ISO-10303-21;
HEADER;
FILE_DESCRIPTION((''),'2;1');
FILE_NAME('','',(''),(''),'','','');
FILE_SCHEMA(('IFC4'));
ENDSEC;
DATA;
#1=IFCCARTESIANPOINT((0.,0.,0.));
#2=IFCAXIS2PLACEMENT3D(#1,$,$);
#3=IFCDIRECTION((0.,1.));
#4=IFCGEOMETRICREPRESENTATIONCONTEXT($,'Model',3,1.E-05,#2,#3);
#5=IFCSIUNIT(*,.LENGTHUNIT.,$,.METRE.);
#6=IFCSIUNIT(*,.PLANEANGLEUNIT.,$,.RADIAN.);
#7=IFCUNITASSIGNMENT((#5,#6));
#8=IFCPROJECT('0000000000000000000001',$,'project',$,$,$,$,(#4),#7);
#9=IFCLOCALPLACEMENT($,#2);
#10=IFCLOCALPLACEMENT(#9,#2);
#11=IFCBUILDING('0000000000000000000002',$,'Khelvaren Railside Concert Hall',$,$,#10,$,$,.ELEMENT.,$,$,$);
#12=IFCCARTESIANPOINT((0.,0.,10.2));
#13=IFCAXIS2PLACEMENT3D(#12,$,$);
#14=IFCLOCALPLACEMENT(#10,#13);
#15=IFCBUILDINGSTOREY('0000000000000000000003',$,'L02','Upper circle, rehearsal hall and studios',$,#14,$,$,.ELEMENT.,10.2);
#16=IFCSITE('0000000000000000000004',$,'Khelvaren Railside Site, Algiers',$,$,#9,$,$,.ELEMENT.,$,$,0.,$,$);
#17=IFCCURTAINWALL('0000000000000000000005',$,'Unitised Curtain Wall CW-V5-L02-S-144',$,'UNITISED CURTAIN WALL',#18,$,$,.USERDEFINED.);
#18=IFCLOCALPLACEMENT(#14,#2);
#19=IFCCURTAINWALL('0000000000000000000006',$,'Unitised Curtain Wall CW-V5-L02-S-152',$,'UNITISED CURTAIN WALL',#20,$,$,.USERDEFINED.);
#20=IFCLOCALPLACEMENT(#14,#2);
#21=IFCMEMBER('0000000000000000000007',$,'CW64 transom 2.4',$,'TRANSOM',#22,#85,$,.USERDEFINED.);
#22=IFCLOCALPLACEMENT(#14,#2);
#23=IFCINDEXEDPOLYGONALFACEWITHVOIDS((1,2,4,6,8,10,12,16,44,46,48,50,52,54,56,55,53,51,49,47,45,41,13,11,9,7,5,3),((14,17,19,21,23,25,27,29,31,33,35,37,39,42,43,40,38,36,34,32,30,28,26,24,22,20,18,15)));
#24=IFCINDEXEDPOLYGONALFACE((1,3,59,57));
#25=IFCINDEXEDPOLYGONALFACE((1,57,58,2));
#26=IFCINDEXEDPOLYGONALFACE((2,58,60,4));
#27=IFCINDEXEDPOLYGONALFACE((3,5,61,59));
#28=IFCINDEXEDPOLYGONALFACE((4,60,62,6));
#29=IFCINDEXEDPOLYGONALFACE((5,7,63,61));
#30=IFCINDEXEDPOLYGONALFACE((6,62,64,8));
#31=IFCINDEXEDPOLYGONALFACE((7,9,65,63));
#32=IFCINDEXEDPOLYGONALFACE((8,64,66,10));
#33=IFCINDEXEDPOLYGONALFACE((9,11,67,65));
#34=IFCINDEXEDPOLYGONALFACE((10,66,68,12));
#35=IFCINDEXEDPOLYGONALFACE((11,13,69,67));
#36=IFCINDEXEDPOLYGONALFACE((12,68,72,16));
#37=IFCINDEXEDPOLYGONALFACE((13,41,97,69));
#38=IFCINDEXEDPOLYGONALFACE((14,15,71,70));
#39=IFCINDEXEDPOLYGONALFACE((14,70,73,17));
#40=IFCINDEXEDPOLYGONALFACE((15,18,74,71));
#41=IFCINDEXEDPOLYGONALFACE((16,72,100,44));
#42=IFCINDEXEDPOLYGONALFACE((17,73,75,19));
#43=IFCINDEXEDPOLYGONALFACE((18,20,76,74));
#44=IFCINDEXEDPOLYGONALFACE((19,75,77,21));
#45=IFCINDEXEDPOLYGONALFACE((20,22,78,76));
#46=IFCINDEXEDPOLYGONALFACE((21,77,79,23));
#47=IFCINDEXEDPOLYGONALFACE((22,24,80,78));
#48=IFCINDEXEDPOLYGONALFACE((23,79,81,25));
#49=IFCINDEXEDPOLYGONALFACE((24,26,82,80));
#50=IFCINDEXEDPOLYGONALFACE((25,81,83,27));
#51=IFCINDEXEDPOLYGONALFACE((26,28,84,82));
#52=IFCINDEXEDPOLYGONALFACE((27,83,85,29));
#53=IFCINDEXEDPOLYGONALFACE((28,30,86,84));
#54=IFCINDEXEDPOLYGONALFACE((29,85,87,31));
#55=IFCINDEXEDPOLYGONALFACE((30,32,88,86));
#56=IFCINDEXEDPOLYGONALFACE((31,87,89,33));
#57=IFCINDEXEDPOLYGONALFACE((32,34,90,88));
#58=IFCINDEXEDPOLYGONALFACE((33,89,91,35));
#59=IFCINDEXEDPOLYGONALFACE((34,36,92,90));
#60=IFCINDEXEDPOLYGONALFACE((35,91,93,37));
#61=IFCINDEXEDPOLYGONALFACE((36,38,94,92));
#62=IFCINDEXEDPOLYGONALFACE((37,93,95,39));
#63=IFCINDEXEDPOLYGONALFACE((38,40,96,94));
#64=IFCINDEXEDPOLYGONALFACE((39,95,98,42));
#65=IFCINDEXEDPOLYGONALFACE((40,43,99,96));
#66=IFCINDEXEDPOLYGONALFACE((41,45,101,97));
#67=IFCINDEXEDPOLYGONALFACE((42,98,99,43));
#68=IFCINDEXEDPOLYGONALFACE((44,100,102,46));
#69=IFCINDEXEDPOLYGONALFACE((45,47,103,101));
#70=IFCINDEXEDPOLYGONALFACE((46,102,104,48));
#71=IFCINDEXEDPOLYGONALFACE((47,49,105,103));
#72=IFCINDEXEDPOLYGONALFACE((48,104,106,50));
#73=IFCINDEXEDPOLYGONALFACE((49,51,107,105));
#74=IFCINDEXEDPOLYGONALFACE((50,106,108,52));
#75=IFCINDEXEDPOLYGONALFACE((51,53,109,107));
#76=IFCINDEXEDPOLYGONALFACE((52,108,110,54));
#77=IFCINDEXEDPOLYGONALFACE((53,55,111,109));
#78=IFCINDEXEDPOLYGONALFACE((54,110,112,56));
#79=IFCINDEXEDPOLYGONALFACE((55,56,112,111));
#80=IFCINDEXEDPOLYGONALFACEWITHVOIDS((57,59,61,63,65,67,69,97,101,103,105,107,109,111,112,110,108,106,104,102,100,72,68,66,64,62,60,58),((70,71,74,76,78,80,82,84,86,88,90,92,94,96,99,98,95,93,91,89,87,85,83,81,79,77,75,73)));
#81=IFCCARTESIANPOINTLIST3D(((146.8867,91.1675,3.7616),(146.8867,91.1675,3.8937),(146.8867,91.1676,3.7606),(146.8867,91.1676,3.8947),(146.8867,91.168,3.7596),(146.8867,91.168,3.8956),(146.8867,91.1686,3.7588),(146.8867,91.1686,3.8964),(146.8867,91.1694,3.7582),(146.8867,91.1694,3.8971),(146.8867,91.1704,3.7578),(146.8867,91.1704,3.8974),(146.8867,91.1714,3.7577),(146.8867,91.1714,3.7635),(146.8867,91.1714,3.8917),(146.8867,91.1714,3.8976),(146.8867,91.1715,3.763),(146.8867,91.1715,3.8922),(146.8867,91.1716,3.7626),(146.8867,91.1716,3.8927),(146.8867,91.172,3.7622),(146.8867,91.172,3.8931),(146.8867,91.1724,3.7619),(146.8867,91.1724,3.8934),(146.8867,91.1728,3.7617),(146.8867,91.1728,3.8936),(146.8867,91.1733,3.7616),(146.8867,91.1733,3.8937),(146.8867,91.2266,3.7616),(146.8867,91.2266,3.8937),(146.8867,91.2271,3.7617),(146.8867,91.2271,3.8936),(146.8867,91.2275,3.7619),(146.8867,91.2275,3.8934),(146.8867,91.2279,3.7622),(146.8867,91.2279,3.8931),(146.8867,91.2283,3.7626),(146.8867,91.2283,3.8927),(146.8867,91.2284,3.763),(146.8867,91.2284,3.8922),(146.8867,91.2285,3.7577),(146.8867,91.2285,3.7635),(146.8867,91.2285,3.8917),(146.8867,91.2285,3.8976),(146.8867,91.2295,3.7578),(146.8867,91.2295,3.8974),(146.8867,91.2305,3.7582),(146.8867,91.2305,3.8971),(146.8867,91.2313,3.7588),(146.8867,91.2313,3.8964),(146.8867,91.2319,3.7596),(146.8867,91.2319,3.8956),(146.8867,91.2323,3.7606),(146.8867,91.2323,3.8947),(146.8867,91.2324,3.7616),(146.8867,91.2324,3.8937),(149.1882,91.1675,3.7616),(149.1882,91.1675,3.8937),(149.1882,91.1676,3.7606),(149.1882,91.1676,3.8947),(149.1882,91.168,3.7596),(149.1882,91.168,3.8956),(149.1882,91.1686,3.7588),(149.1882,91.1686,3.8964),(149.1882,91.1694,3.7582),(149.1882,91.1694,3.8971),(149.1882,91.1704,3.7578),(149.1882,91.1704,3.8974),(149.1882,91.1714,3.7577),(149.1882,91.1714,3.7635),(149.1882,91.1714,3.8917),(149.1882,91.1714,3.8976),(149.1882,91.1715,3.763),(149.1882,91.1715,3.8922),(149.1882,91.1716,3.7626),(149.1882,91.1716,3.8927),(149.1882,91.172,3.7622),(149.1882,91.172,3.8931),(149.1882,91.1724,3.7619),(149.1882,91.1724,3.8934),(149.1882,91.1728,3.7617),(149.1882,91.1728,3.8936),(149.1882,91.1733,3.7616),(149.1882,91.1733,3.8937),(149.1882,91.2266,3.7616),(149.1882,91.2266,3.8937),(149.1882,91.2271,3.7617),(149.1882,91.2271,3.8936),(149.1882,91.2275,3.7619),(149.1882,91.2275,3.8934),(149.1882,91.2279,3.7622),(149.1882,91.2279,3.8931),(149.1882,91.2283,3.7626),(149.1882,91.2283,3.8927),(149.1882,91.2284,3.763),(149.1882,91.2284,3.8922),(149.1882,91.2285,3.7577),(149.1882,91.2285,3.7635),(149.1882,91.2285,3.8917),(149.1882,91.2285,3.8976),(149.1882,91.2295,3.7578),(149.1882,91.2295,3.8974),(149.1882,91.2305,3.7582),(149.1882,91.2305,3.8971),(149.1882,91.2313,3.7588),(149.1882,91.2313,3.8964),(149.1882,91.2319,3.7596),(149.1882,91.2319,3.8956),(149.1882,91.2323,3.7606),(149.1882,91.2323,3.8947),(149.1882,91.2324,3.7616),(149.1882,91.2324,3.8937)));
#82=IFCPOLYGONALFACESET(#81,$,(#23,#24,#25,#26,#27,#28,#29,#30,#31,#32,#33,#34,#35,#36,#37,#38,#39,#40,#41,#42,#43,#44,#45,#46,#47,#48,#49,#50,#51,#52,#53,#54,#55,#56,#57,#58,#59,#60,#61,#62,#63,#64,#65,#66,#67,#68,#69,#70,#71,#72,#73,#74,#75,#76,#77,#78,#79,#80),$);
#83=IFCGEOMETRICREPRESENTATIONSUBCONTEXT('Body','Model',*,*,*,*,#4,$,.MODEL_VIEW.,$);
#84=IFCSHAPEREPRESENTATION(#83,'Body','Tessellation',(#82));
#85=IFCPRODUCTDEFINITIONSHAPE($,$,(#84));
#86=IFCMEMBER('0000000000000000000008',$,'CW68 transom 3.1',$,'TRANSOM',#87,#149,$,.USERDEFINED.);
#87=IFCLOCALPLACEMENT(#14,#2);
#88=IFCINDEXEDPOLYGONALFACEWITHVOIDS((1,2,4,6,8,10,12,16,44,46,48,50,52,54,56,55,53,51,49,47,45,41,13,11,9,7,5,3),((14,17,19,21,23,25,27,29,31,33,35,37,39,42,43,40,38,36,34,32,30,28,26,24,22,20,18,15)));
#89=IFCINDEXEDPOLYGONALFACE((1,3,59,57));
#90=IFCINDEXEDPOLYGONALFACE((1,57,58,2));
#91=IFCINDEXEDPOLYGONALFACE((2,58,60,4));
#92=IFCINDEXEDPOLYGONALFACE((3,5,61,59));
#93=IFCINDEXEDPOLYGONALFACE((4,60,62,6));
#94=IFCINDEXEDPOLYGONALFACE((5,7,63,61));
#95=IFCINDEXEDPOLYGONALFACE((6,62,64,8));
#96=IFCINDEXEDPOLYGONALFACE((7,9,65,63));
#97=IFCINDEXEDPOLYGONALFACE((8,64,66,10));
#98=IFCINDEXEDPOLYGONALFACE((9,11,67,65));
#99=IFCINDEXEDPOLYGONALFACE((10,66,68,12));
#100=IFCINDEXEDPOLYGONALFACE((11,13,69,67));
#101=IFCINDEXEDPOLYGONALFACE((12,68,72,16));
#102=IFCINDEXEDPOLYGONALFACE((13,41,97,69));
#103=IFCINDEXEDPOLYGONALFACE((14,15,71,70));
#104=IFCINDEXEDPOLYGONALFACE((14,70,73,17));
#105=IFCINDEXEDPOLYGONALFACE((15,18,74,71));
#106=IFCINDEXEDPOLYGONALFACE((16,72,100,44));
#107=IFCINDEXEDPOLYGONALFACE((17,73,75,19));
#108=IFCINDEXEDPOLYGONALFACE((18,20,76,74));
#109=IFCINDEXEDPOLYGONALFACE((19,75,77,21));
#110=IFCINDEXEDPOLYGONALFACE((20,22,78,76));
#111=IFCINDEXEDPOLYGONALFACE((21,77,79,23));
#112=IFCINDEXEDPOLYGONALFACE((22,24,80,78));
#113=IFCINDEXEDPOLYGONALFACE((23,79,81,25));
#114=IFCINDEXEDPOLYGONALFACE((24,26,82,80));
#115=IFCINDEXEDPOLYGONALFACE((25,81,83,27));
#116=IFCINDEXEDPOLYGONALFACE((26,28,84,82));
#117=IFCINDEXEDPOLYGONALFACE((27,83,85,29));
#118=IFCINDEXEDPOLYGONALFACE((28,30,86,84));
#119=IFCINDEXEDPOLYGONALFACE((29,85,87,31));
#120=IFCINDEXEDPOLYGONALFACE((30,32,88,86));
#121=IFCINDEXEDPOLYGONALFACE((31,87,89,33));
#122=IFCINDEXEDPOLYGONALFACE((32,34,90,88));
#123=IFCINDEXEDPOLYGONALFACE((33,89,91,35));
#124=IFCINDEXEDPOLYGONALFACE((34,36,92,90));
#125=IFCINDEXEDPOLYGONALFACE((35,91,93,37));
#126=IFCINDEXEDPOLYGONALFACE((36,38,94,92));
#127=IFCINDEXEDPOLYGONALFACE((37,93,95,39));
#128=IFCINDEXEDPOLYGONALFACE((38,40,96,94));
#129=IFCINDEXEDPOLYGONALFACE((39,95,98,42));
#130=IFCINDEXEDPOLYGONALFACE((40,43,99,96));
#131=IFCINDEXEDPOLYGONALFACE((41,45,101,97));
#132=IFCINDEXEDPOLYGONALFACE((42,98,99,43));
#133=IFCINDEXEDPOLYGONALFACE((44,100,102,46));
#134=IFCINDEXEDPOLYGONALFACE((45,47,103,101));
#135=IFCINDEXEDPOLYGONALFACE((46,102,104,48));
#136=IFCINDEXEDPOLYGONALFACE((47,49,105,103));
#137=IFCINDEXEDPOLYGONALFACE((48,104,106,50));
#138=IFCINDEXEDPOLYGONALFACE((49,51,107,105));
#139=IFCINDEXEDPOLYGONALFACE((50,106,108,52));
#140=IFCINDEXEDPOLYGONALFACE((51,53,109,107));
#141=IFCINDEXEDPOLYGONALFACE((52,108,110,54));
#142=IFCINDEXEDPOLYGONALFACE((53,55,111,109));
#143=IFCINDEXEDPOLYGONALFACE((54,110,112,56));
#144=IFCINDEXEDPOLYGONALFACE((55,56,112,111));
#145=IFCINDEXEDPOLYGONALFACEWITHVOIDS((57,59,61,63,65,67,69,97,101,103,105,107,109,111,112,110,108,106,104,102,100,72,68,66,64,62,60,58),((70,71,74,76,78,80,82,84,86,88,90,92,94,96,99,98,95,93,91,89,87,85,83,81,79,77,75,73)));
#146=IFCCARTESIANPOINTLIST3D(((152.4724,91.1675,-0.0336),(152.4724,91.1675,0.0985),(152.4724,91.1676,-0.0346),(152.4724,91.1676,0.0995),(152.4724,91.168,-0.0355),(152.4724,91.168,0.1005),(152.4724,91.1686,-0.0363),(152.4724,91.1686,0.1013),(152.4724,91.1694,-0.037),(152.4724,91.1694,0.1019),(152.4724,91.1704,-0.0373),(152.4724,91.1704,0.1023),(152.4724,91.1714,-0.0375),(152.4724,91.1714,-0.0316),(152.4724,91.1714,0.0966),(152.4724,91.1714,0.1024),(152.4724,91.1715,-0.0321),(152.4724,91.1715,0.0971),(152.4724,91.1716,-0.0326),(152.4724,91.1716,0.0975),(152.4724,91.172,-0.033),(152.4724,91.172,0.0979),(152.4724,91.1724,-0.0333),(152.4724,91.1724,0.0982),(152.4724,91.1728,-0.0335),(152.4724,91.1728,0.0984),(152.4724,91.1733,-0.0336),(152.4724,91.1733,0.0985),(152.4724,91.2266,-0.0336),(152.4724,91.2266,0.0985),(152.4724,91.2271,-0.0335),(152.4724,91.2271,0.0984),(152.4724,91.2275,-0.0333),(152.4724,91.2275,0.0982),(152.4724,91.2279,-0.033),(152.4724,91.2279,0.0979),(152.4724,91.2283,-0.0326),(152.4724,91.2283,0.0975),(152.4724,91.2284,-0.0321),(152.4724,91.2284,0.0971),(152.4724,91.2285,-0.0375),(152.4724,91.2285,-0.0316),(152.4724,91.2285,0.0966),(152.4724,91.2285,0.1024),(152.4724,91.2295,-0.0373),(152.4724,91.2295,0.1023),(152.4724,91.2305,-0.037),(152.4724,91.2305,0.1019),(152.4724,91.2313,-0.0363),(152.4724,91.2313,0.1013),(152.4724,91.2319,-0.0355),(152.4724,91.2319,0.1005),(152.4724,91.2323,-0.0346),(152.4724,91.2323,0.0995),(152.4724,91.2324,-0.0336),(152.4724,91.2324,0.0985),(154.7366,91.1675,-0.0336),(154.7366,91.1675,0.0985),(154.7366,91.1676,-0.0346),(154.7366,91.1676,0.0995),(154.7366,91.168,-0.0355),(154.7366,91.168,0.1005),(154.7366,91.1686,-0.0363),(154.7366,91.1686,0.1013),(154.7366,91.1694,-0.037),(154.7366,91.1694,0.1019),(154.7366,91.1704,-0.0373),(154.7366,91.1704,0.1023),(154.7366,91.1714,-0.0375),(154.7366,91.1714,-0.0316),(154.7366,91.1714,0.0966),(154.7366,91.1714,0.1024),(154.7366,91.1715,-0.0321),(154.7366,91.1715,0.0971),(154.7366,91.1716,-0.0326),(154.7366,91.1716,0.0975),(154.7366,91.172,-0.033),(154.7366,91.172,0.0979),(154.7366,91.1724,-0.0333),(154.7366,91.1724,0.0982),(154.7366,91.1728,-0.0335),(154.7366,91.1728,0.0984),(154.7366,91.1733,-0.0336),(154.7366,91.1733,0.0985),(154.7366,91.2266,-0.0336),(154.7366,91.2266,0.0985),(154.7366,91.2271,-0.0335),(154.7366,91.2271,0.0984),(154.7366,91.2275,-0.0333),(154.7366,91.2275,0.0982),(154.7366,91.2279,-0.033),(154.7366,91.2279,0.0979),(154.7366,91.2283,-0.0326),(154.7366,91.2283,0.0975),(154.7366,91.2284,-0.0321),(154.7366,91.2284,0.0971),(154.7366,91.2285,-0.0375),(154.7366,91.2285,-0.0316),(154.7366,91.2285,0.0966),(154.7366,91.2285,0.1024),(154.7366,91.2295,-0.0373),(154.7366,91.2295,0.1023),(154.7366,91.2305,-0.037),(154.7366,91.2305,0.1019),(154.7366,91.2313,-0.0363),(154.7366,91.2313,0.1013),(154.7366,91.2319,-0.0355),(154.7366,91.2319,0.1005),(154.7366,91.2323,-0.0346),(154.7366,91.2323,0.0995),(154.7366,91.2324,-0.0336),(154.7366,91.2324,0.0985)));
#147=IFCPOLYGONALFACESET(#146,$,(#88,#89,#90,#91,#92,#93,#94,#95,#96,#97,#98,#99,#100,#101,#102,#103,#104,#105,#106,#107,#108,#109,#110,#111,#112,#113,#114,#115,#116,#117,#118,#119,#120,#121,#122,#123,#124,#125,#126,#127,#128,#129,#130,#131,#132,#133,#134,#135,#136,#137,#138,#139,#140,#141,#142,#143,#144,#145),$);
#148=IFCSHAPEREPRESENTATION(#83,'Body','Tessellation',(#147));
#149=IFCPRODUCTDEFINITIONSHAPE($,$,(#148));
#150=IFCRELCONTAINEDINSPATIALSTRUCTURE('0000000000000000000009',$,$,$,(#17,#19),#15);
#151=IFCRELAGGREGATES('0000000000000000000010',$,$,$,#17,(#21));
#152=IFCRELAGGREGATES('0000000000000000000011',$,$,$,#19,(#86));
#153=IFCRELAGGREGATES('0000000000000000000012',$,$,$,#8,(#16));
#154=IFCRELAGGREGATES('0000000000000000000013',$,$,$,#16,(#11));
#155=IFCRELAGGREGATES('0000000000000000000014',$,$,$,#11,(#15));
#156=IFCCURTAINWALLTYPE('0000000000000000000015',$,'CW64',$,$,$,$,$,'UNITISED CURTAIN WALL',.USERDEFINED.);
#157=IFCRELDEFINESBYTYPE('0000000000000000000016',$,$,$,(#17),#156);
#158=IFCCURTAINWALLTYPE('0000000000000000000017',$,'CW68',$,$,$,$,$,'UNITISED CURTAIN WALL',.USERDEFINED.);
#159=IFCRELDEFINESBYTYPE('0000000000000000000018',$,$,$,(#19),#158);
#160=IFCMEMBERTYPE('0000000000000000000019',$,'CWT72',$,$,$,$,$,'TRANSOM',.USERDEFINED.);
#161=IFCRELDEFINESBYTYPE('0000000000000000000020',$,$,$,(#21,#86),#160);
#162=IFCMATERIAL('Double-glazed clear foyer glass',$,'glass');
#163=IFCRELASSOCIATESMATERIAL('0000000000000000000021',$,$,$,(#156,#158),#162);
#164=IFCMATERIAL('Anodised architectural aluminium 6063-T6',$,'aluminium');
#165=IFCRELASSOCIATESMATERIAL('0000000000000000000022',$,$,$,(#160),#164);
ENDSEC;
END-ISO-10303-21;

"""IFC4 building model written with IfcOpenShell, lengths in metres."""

from ifc_helpers import new_model, si_unit, direction, frame, origin, origin_2d, place, context, subcontext, project, spatial, hollow_rectangle, extrude, material, material_profile, profile_set, type_object, element, aggregate, save


model = new_model("IFC4")

# Units and contexts
model_context = context("Model", 3, precision=1e-05, world=origin(), true_north=direction((0.0, 1.0)))
body_context = subcontext(model_context, "Body", "Model", "MODEL_VIEW")
ifc_project = project(units=[si_unit("LENGTHUNIT", "METRE"), si_unit("PLANEANGLEUNIT", "RADIAN")], contexts=[model_context])

# Site, building, storey
site_placement = place(None, origin())
site = spatial("IfcSite", under=ifc_project, at=site_placement, Name="Khelvaren Railside Site, Algiers", CompositionType="ELEMENT", RefElevation=0.0)
building_placement = place(site_placement, origin())
building = spatial("IfcBuilding", under=site, at=building_placement, Name="Khelvaren Railside Concert Hall", CompositionType="ELEMENT")
storey_placement = place(building_placement, frame((0.0, 0.0, 10.2)))
storey = spatial("IfcBuildingStorey", under=building, at=storey_placement, Name="L02", Description="Upper circle, rehearsal hall and studios", CompositionType="ELEMENT", Elevation=10.2)

# Curtain wall
ifc_material_1 = material(Name="Double-glazed clear foyer glass", Category="glass")
curtain_wall_type_1 = type_object("IfcCurtainWallType", Name="CW64", ElementType="UNITISED CURTAIN WALL", PredefinedType="USERDEFINED", material=ifc_material_1)
curtain_wall_1_placement = place(storey_placement, origin())
curtain_wall_1 = element("IfcCurtainWall", 1, at=curtain_wall_1_placement, inside=storey, type_object=curtain_wall_type_1, Name="Unitised Curtain Wall CW-V5-L02-S-144", ObjectType="UNITISED CURTAIN WALL", PredefinedType="USERDEFINED")
ifc_material_2 = material(Name="Anodised architectural aluminium 6063-T6", Category="aluminium")

# Curtain wall
curtain_wall_type_2 = type_object("IfcCurtainWallType", Name="CW68", ElementType="UNITISED CURTAIN WALL", PredefinedType="USERDEFINED", material=ifc_material_1)
curtain_wall_2_placement = place(storey_placement, origin())
curtain_wall_2 = element("IfcCurtainWall", 2, at=curtain_wall_2_placement, inside=storey, type_object=curtain_wall_type_2, Name="Unitised Curtain Wall CW-V5-L02-S-152", ObjectType="UNITISED CURTAIN WALL", PredefinedType="USERDEFINED")

# Members
ifc_material_profile_1 = material_profile(ifc_material_2, hollow_rectangle(XDim=0.0649, YDim=0.1399, WallThickness=0.0039, InnerFilletRadius=0.002, OuterFilletRadius=0.0039, at=origin_2d()), Name="CWT 65x140x4")
ifc_profile_set_1 = profile_set([ifc_material_profile_1], Name="Anodised architectural aluminium 6063-T6")
member_type_1 = type_object("IfcMemberType", Name="CWT72", ElementType="TRANSOM", PredefinedType="USERDEFINED", material=ifc_profile_set_1)
member_1_placement = place(storey_placement, frame((149.1882, 91.2, 3.8276), z_axis=(-1.0, 0.0, 0.0), x_axis=(0.0, -1.0, 0.0)))
member_1 = element("IfcMember", 3, at=member_1_placement, type_object=member_type_1, Name="CW64 transom 2.4", ObjectType="TRANSOM", PredefinedType="USERDEFINED", context=body_context, shape_type="SweptSolid", body=[
    extrude(hollow_rectangle(XDim=0.0649, YDim=0.1399, WallThickness=0.0039, InnerFilletRadius=0.002, OuterFilletRadius=0.0039, at=origin_2d()), origin(), (0.0, 0.0, 1.0), 2.3015),
])
member_2_placement = place(storey_placement, frame((154.7366, 91.2, 0.0325), z_axis=(-1.0, 0.0, 0.0), x_axis=(0.0, -1.0, 0.0)))
member_2 = element("IfcMember", 4, at=member_2_placement, type_object=member_type_1, Name="CW68 transom 3.1", ObjectType="TRANSOM", PredefinedType="USERDEFINED", context=body_context, shape_type="SweptSolid", body=[
    extrude(hollow_rectangle(XDim=0.0649, YDim=0.1399, WallThickness=0.0039, InnerFilletRadius=0.002, OuterFilletRadius=0.0039, at=origin_2d()), origin(), (0.0, 0.0, 1.0), 2.2642),
])

aggregate(curtain_wall_1, [member_1])
aggregate(curtain_wall_2, [member_2])

save(model, "model.ifc")
